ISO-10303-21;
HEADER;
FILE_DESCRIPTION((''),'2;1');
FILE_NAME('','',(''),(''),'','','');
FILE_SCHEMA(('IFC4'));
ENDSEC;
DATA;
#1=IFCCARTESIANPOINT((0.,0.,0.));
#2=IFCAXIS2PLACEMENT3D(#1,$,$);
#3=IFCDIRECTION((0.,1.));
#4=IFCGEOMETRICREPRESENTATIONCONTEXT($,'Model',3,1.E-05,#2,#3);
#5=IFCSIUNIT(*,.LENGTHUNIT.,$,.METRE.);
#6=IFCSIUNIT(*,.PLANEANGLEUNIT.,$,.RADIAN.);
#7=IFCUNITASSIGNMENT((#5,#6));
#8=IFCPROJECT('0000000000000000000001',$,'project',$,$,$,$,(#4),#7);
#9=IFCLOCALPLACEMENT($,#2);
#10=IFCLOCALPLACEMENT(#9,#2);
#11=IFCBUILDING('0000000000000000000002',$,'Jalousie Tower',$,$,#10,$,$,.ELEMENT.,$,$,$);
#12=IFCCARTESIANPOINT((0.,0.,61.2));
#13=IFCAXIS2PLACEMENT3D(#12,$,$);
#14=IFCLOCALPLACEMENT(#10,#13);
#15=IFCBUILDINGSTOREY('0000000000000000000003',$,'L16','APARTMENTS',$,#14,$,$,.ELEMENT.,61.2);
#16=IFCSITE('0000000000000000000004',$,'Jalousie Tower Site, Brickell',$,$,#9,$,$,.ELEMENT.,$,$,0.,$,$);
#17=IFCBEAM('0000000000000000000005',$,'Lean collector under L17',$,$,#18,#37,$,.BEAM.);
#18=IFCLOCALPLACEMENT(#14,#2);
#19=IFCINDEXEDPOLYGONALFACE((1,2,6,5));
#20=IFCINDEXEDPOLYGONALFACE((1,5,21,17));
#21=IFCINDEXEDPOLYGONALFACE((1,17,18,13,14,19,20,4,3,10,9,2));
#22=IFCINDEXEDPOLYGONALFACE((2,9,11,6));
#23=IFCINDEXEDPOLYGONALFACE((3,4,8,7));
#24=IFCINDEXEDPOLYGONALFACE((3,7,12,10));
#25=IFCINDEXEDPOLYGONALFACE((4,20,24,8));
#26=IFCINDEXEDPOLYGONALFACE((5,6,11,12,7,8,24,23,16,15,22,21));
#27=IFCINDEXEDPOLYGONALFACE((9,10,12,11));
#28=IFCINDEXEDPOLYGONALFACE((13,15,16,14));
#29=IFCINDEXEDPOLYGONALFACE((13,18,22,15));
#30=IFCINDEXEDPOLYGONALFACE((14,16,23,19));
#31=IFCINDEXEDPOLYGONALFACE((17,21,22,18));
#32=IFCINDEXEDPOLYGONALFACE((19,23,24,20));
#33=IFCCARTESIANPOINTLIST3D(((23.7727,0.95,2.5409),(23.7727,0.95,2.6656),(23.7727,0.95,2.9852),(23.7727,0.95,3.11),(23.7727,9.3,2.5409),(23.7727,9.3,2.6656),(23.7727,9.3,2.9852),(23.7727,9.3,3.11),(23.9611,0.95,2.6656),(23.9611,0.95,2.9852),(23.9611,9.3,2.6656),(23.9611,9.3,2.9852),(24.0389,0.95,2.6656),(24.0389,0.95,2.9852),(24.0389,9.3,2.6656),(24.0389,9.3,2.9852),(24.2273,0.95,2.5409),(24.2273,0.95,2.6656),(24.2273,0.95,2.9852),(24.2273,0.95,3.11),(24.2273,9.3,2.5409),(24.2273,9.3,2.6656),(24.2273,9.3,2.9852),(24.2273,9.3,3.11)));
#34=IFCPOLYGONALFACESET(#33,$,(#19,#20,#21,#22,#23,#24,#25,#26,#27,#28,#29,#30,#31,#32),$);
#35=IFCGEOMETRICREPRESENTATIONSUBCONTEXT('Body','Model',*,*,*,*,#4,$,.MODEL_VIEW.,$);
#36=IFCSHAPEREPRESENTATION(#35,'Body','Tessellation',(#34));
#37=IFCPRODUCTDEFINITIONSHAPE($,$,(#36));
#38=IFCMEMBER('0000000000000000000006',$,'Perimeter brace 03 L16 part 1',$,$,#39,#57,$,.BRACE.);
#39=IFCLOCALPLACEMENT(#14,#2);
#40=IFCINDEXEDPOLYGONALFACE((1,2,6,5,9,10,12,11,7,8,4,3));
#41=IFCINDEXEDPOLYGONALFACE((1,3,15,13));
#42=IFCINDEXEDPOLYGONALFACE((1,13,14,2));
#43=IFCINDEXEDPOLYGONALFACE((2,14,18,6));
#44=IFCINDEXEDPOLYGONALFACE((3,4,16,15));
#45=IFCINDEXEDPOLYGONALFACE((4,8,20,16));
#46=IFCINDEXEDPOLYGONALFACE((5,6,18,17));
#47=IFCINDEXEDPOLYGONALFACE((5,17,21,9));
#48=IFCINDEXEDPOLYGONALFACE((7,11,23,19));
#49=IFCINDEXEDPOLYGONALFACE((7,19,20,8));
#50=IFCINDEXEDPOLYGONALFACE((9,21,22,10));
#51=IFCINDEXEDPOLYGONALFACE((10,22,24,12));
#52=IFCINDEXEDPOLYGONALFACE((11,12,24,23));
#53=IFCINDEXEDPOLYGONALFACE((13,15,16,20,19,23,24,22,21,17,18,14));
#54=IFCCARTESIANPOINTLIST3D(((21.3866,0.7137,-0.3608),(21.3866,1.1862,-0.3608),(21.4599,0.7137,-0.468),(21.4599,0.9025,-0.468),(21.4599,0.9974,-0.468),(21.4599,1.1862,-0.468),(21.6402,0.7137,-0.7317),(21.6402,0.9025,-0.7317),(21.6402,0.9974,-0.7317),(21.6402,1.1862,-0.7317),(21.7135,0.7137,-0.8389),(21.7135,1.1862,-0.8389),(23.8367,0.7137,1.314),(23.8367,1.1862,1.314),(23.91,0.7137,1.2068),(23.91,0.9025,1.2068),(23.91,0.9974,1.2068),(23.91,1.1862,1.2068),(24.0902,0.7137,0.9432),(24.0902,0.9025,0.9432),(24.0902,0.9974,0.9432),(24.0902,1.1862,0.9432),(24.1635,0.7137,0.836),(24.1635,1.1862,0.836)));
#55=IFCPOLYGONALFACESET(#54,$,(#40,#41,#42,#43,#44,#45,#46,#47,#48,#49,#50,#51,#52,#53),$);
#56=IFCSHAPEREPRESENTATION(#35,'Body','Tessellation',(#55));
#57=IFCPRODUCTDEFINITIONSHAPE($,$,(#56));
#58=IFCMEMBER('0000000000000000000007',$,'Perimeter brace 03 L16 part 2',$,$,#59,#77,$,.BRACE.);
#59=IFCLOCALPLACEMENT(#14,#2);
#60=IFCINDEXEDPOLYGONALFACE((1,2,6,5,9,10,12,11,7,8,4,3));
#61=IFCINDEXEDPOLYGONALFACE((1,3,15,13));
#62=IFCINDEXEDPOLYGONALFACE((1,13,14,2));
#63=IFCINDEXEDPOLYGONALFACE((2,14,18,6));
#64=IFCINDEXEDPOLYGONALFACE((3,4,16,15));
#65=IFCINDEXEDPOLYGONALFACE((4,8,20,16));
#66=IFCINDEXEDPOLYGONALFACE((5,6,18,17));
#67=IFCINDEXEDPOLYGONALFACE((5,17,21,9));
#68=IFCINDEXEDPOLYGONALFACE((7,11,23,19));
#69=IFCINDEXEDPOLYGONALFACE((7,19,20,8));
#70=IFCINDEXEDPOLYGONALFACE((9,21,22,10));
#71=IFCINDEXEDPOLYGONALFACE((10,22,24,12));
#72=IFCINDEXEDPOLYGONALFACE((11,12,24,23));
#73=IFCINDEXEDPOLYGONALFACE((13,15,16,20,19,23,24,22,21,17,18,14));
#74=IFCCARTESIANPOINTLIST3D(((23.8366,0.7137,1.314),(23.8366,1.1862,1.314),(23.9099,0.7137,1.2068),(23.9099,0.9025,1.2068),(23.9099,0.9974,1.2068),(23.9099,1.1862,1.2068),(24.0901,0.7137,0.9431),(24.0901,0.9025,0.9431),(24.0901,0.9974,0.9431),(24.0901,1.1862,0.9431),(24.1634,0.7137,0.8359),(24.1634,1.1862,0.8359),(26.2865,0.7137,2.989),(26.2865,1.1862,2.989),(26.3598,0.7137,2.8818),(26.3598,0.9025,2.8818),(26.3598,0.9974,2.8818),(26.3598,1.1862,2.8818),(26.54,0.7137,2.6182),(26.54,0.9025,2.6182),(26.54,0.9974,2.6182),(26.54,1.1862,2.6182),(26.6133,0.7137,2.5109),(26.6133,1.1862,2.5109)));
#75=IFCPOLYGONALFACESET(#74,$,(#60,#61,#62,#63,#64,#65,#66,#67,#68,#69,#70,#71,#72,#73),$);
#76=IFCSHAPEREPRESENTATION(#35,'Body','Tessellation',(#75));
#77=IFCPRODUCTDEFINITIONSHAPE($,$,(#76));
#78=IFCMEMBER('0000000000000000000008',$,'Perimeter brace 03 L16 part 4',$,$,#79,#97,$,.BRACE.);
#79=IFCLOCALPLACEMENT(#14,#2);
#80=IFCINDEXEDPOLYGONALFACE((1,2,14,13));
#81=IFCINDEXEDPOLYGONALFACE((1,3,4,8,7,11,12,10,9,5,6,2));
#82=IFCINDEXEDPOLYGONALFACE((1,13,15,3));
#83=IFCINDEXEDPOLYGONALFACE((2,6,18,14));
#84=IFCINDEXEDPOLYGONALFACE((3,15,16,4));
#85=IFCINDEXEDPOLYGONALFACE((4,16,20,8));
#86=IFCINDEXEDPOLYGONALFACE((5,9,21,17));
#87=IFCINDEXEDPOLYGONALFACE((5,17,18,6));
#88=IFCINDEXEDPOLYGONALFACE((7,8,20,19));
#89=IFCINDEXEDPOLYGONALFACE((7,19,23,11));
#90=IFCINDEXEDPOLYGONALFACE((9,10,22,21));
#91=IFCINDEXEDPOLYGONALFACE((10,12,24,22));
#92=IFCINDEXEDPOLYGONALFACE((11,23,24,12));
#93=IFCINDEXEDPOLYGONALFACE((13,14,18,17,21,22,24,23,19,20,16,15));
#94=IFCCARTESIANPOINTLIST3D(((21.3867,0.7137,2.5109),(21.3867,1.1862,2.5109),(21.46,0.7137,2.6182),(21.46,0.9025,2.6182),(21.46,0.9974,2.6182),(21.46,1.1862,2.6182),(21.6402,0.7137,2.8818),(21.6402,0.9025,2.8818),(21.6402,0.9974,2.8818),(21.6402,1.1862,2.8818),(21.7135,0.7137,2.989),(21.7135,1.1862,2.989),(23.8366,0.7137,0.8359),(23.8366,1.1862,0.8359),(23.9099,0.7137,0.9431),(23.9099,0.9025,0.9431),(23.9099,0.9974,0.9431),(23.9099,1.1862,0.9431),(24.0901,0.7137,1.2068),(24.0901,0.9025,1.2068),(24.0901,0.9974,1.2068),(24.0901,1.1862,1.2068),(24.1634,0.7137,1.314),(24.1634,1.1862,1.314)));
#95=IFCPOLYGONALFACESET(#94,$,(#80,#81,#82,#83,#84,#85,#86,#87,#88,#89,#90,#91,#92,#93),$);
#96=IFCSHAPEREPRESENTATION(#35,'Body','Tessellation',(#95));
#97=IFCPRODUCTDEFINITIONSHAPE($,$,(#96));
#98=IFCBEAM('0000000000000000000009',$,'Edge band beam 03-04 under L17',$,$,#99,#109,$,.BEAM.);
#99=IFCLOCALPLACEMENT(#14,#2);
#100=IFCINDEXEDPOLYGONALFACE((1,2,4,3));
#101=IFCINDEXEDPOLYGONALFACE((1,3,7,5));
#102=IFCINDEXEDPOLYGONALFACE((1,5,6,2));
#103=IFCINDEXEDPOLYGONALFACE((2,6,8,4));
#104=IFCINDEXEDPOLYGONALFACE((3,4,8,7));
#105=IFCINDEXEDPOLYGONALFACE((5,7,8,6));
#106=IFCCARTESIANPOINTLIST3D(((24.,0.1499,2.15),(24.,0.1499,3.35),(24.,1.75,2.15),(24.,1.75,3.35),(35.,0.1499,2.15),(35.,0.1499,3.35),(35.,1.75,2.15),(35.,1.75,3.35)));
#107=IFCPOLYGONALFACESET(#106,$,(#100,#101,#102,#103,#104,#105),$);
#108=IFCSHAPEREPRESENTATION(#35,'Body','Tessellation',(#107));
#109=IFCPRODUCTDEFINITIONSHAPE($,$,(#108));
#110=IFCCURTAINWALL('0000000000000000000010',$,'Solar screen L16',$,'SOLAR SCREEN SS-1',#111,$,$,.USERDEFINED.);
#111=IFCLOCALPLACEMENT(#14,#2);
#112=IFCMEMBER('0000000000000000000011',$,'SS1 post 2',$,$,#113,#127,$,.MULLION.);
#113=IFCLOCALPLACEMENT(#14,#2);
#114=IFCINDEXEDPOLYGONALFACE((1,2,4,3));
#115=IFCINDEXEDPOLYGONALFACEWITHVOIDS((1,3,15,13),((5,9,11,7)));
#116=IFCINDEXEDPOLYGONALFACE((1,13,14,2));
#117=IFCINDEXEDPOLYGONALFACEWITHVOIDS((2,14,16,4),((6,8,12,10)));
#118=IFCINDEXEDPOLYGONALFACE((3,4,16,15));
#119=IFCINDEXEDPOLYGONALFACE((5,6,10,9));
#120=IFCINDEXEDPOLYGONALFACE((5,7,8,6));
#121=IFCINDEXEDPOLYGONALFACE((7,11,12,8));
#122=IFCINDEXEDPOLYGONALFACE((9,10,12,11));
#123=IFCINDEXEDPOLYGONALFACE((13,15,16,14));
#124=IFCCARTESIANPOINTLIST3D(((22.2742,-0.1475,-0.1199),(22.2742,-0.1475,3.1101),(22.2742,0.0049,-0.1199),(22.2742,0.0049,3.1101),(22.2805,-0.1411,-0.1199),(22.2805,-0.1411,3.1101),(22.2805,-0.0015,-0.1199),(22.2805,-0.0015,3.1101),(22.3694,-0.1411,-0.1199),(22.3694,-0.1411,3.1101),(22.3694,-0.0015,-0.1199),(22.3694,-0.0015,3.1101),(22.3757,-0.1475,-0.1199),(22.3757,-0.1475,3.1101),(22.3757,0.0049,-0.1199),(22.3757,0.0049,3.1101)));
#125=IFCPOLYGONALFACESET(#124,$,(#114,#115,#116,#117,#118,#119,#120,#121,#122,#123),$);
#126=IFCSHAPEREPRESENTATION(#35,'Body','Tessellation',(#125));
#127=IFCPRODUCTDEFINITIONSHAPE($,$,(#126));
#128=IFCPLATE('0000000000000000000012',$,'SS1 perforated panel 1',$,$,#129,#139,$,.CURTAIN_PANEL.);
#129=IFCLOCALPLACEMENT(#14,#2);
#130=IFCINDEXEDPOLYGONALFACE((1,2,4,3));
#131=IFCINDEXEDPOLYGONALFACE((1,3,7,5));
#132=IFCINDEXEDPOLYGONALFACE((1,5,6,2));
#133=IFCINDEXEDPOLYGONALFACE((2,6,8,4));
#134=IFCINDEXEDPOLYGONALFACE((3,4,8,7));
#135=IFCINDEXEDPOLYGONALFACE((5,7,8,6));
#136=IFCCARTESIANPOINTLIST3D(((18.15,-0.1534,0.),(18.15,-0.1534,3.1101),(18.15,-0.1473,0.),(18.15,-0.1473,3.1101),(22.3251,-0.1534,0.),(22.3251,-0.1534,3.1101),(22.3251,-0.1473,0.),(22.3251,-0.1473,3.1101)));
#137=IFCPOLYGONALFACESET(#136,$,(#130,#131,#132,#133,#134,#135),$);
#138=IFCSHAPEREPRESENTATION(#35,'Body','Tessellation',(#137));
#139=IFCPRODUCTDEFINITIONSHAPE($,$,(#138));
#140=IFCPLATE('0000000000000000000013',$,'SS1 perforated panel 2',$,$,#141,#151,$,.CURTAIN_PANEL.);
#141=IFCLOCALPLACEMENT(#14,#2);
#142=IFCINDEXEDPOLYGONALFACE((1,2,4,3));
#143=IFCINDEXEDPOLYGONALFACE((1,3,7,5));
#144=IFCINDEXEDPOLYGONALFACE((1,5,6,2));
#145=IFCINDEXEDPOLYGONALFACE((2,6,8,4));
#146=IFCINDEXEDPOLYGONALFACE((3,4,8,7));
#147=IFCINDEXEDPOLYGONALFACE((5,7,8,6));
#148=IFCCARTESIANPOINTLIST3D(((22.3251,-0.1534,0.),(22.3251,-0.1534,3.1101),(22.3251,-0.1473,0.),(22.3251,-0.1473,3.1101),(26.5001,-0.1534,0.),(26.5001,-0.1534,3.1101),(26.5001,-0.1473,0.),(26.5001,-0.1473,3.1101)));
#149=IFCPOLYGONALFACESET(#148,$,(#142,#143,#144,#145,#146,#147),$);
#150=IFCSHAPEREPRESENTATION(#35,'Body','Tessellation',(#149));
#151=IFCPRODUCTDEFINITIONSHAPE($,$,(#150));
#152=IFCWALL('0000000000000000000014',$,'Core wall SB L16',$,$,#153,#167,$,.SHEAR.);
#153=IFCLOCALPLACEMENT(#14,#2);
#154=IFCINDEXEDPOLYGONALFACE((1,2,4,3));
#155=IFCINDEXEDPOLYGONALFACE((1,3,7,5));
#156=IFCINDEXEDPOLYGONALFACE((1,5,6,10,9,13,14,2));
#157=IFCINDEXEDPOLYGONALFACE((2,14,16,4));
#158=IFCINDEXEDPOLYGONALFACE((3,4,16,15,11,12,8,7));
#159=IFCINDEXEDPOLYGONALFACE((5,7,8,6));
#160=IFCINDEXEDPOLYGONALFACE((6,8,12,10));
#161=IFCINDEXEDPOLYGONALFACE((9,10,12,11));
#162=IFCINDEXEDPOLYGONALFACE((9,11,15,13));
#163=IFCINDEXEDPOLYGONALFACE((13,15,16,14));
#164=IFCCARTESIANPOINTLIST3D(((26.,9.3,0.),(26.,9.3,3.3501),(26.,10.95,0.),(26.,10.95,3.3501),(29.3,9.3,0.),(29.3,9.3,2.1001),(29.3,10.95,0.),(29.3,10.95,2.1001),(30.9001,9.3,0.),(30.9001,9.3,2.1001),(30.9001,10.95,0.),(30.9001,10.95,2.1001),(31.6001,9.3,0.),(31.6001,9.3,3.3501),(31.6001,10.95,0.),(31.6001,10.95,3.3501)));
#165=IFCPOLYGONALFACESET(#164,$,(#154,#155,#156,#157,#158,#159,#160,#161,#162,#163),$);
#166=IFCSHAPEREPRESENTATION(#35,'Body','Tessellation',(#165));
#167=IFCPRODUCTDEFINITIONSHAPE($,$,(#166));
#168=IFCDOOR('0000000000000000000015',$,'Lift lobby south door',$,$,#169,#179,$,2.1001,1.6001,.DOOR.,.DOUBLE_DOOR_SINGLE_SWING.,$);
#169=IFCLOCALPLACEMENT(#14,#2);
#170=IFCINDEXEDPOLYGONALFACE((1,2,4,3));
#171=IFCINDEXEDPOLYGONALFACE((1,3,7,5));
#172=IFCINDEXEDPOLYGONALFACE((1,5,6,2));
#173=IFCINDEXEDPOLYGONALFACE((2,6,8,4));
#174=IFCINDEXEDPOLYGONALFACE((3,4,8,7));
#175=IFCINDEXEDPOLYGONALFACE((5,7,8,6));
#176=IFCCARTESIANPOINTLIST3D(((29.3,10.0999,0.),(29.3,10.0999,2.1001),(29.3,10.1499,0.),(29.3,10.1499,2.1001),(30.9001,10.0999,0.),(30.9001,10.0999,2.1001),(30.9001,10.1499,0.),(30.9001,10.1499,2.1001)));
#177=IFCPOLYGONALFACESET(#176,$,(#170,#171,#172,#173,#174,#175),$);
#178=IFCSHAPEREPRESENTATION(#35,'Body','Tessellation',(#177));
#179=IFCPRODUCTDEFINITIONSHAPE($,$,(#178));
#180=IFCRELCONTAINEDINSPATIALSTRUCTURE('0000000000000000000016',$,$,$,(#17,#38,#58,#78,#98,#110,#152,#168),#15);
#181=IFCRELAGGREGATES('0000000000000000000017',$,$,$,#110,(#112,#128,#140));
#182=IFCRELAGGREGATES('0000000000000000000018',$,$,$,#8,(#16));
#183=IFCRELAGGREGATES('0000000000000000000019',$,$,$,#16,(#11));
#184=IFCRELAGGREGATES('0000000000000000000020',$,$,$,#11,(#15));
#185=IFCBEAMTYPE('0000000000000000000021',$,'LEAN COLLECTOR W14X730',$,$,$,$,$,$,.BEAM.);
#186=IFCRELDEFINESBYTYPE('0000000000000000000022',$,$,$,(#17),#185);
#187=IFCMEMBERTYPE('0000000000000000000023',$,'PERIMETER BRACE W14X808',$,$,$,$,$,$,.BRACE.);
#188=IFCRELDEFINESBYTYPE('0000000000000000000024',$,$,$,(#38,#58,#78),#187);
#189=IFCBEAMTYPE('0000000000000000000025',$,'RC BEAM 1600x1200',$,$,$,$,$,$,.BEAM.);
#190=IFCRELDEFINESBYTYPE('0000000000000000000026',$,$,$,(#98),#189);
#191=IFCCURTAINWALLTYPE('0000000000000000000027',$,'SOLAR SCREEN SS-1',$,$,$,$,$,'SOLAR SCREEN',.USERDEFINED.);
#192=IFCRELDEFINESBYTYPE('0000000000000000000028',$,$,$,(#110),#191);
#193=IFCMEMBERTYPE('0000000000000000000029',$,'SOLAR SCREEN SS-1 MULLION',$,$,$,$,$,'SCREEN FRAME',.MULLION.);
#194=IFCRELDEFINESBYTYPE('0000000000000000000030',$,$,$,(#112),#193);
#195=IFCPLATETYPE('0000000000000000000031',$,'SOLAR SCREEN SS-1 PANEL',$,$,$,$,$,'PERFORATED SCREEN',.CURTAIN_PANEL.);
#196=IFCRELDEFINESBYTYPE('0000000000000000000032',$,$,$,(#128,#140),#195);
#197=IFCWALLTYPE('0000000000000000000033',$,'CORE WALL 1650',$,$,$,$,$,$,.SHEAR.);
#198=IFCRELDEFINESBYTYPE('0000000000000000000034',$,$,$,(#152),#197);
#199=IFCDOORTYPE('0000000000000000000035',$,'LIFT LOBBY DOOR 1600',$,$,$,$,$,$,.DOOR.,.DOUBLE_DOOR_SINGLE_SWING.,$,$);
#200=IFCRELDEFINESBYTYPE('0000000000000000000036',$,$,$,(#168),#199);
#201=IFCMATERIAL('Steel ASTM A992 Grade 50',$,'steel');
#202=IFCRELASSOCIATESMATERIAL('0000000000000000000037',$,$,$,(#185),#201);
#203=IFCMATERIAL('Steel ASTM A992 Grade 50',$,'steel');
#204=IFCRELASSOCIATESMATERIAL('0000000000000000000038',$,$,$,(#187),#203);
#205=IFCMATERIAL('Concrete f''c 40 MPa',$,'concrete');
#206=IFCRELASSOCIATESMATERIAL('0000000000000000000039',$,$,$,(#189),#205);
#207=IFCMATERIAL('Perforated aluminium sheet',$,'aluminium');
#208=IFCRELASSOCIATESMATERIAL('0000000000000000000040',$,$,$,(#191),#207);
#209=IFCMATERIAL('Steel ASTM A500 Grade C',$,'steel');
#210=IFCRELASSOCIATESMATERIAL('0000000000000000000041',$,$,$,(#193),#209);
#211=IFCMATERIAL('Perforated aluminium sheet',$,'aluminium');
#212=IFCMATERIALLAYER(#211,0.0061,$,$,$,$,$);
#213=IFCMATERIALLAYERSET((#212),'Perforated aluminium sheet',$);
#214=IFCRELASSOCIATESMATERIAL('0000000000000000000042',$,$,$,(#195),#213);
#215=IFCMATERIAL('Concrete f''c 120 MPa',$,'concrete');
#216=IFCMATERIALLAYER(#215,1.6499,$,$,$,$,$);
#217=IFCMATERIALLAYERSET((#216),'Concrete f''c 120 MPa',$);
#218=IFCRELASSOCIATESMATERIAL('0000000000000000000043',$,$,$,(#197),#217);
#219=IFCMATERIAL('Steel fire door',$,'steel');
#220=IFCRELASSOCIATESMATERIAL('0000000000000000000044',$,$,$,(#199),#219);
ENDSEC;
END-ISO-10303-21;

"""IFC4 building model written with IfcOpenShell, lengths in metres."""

from ifc_helpers import new_model, si_unit, direction, frame, frame_2d, origin, origin_2d, place, context, subcontext, project, spatial, rectangle, hollow_rectangle, i_section, extrude, material, layer, layer_set, material_profile, profile_set, type_object, element, fill, aggregate, save


model = new_model("IFC4")

# Units and contexts
model_context = context("Model", 3, precision=1e-05, world=origin(), true_north=direction((0.0, 1.0)))
body_context = subcontext(model_context, "Body", "Model", "MODEL_VIEW")
ifc_project = project(units=[si_unit("LENGTHUNIT", "METRE"), si_unit("PLANEANGLEUNIT", "RADIAN")], contexts=[model_context])

# Site, building, storey
site_placement = place(None, origin())
site = spatial("IfcSite", under=ifc_project, at=site_placement, Name="Jalousie Tower Site, Brickell", CompositionType="ELEMENT", RefElevation=0.0)
building_placement = place(site_placement, origin())
building = spatial("IfcBuilding", under=site, at=building_placement, Name="Jalousie Tower", CompositionType="ELEMENT")
storey_placement = place(building_placement, frame((0.0, 0.0, 61.2)))
storey = spatial("IfcBuildingStorey", under=building, at=storey_placement, Name="L16", Description="APARTMENTS", CompositionType="ELEMENT", Elevation=61.2)

# Beam
ifc_material_1 = material(Name="Steel ASTM A992 Grade 50", Category="steel")
ifc_material_profile_1 = material_profile(ifc_material_1, i_section(OverallWidth=0.4546, OverallDepth=0.5691, WebThickness=0.0779, FlangeThickness=0.1248, at=origin_2d()), Name="W14X730")
ifc_profile_set_1 = profile_set([ifc_material_profile_1], Name="Steel ASTM A992 Grade 50")
beam_type_1 = type_object("IfcBeamType", Name="LEAN COLLECTOR W14X730", PredefinedType="BEAM", material=ifc_profile_set_1)
beam_1_placement = place(storey_placement, frame((24.0, 0.95, 2.8254), z_axis=(0.0, 1.0, 0.0), x_axis=(-1.0, 0.0, 0.0)))
element("IfcBeam", 1, at=beam_1_placement, inside=storey, type_object=beam_type_1, Name="Lean collector under L17", PredefinedType="BEAM", context=body_context, shape_type="SweptSolid", body=[
    extrude(i_section(OverallWidth=0.4546, OverallDepth=0.5691, WebThickness=0.0779, FlangeThickness=0.1248, at=origin_2d()), origin(), (0.0, 0.0, 1.0), 8.3501),
])

# Members
ifc_material_2 = material(Name="Steel ASTM A992 Grade 50", Category="steel")
ifc_material_profile_2 = material_profile(ifc_material_2, i_section(OverallWidth=0.4724, OverallDepth=0.5791, WebThickness=0.095, FlangeThickness=0.1299, at=origin_2d()), Name="W14X808")
ifc_profile_set_2 = profile_set([ifc_material_profile_2], Name="Steel ASTM A992 Grade 50")
member_type_1 = type_object("IfcMemberType", Name="PERIMETER BRACE W14X808", PredefinedType="BRACE", material=ifc_profile_set_2)
for number, where, z_axis, x_axis, name in (
    (2, (21.55, 0.95, -0.5999), (0.825539, 0.0, 0.564345), (0.0, 1.0, 0.0), "Perimeter brace 03 L16 part 1"),
    (3, (24.0, 0.95, 1.075), (0.825501, 0.0, 0.564401), (0.0, 1.0, 0.0), "Perimeter brace 03 L16 part 2"),
    (4, (24.0, 0.95, 1.075), (-0.825501, 0.0, 0.564401), (0.0, -1.0, 0.0), "Perimeter brace 03 L16 part 4"),
):
    element("IfcMember", number, at=place(storey_placement, frame(where, z_axis=z_axis, x_axis=x_axis)), inside=storey, type_object=member_type_1, Name=name, PredefinedType="BRACE", context=body_context, shape_type="SweptSolid", body=[
        extrude(i_section(OverallWidth=0.4724, OverallDepth=0.5791, WebThickness=0.095, FlangeThickness=0.1299, at=origin_2d()), origin(), (0.0, 0.0, 1.0), 2.9678),
    ])

# Beam
ifc_material_3 = material(Name="Concrete f'c 40 MPa", Category="concrete")
ifc_material_profile_3 = material_profile(ifc_material_3, rectangle(XDim=1.6001, YDim=1.2, at=origin_2d()), Name="RC 1600x1200")
ifc_profile_set_3 = profile_set([ifc_material_profile_3], Name="Concrete f'c 40 MPa")
beam_type_2 = type_object("IfcBeamType", Name="RC BEAM 1600x1200", PredefinedType="BEAM", material=ifc_profile_set_3)
beam_2_placement = place(storey_placement, frame((24.0, 0.95, 2.75), z_axis=(1.0, 0.0, 0.0), x_axis=(0.0, 1.0, 0.0)))
element("IfcBeam", 5, at=beam_2_placement, inside=storey, type_object=beam_type_2, Name="Edge band beam 03-04 under L17", PredefinedType="BEAM", context=body_context, shape_type="SweptSolid", body=[
    extrude(rectangle(XDim=1.6001, YDim=1.2, at=origin_2d()), origin(), (0.0, 0.0, 1.0), 11.0),
])

# Curtain wall, member, plates
ifc_material_4 = material(Name="Perforated aluminium sheet", Category="aluminium")
curtain_wall_type = type_object("IfcCurtainWallType", Name="SOLAR SCREEN SS-1", ElementType="SOLAR SCREEN", PredefinedType="USERDEFINED", material=ifc_material_4)
curtain_wall_placement = place(storey_placement, origin())
curtain_wall = element("IfcCurtainWall", 6, at=curtain_wall_placement, inside=storey, type_object=curtain_wall_type, Name="Solar screen L16", ObjectType="SOLAR SCREEN SS-1", PredefinedType="USERDEFINED")
ifc_material_5 = material(Name="Steel ASTM A500 Grade C", Category="steel")
ifc_material_profile_4 = material_profile(ifc_material_5, hollow_rectangle(XDim=0.1016, YDim=0.1523, WallThickness=0.0063, at=origin_2d()), Name="HSS6X4X1/4")
ifc_profile_set_4 = profile_set([ifc_material_profile_4], Name="Steel ASTM A500 Grade C")
member_type_2 = type_object("IfcMemberType", Name="SOLAR SCREEN SS-1 MULLION", ElementType="SCREEN FRAME", PredefinedType="MULLION", material=ifc_profile_set_4)
member_placement = place(storey_placement, frame((22.325, -0.0713, -0.1199), z_axis=(0.0, 0.0, 1.0), x_axis=(1.0, 0.0, 0.0)))
member = element("IfcMember", 7, at=member_placement, type_object=member_type_2, Name="SS1 post 2", PredefinedType="MULLION", context=body_context, shape_type="SweptSolid", body=[
    extrude(hollow_rectangle(XDim=0.1016, YDim=0.1523, WallThickness=0.0063, at=origin_2d()), origin(), (0.0, 0.0, 1.0), 3.23),
])
ifc_material_6 = material(Name="Perforated aluminium sheet", Category="aluminium")
ifc_layer_1 = layer(ifc_material_6, 0.0061)
ifc_layer_set_1 = layer_set([ifc_layer_1], Name="Perforated aluminium sheet")
plate_type = type_object("IfcPlateType", Name="SOLAR SCREEN SS-1 PANEL", ElementType="PERFORATED SCREEN", PredefinedType="CURTAIN_PANEL", material=ifc_layer_set_1)
plate_1_placement = place(storey_placement, frame((20.2375, -0.1504, 0.0), z_axis=(0.0, 0.0, 1.0), x_axis=(1.0, 0.0, 0.0)))
plate_1 = element("IfcPlate", 8, at=plate_1_placement, type_object=plate_type, Name="SS1 perforated panel 1", PredefinedType="CURTAIN_PANEL", context=body_context, shape_type="SweptSolid", body=[
    extrude(rectangle(XDim=4.175, YDim=0.0061, at=origin_2d()), origin(), (0.0, 0.0, 1.0), 3.1101),
])
plate_2_placement = place(storey_placement, frame((24.4126, -0.1504, 0.0), z_axis=(0.0, 0.0, 1.0), x_axis=(1.0, 0.0, 0.0)))
plate_2 = element("IfcPlate", 9, at=plate_2_placement, type_object=plate_type, Name="SS1 perforated panel 2", PredefinedType="CURTAIN_PANEL", context=body_context, shape_type="SweptSolid", body=[
    extrude(rectangle(XDim=4.175, YDim=0.0061, at=origin_2d()), origin(), (0.0, 0.0, 1.0), 3.1101),
])
aggregate(curtain_wall, [member, plate_1, plate_2])

# Wall, opening, door
ifc_material_7 = material(Name="Concrete f'c 120 MPa", Category="concrete")
ifc_layer_2 = layer(ifc_material_7, 1.6499)
ifc_layer_set_2 = layer_set([ifc_layer_2], Name="Concrete f'c 120 MPa")
wall_type_1 = type_object("IfcWallType", Name="CORE WALL 1650", PredefinedType="SHEAR", material=ifc_layer_set_2)
wall_1_placement = place(storey_placement, frame((26.0, 10.125, 0.0), z_axis=(0.0, 0.0, 1.0), x_axis=(1.0, 0.0, 0.0)))
wall_1 = element("IfcWall", 10, at=wall_1_placement, inside=storey, type_object=wall_type_1, Name="Core wall SB L16", PredefinedType="SHEAR", context=body_context, shape_type="SweptSolid", body=[
    extrude(rectangle(XDim=5.6001, YDim=1.6499, at=frame_2d((2.8, 0.0))), origin(), (0.0, 0.0, 1.0), 3.3501),
])
opening_1_placement = place(wall_1_placement, frame((3.3, 0.0, 0.0)))
opening_1 = element("IfcOpeningElement", 11, at=opening_1_placement, cuts=wall_1, PredefinedType="OPENING", context=body_context, shape_type="SweptSolid", body=[
    extrude(rectangle(XDim=1.6001, YDim=2.1001, at=frame_2d((0.8, 1.05))), frame((0.0, 0.835, 0.0), z_axis=(0.0, -1.0, 0.0), x_axis=(1.0, 0.0, 0.0)), (0.0, 0.0, 1.0), 1.6699),
])
ifc_material_8 = material(Name="Steel fire door", Category="steel")
door_type_1 = type_object("IfcDoorType", Name="LIFT LOBBY DOOR 1600", OperationType="DOUBLE_DOOR_SINGLE_SWING", PredefinedType="DOOR", material=ifc_material_8)
door_1_placement = place(opening_1_placement, origin())
door_1 = element("IfcDoor", 12, at=door_1_placement, inside=storey, type_object=door_type_1, Name="Lift lobby south door", OperationType="DOUBLE_DOOR_SINGLE_SWING", OverallHeight=2.1001, OverallWidth=1.6001, PredefinedType="DOOR", context=body_context, shape_type="SweptSolid", body=[
    extrude(rectangle(XDim=1.6001, YDim=2.1001, at=frame_2d((0.8, 1.05))), frame((0.0, 0.0249, 0.0), z_axis=(0.0, -1.0, 0.0), x_axis=(1.0, 0.0, 0.0)), (0.0, 0.0, 1.0), 0.05),
])
fill(opening_1, door_1)

save(model, "model.ifc")
